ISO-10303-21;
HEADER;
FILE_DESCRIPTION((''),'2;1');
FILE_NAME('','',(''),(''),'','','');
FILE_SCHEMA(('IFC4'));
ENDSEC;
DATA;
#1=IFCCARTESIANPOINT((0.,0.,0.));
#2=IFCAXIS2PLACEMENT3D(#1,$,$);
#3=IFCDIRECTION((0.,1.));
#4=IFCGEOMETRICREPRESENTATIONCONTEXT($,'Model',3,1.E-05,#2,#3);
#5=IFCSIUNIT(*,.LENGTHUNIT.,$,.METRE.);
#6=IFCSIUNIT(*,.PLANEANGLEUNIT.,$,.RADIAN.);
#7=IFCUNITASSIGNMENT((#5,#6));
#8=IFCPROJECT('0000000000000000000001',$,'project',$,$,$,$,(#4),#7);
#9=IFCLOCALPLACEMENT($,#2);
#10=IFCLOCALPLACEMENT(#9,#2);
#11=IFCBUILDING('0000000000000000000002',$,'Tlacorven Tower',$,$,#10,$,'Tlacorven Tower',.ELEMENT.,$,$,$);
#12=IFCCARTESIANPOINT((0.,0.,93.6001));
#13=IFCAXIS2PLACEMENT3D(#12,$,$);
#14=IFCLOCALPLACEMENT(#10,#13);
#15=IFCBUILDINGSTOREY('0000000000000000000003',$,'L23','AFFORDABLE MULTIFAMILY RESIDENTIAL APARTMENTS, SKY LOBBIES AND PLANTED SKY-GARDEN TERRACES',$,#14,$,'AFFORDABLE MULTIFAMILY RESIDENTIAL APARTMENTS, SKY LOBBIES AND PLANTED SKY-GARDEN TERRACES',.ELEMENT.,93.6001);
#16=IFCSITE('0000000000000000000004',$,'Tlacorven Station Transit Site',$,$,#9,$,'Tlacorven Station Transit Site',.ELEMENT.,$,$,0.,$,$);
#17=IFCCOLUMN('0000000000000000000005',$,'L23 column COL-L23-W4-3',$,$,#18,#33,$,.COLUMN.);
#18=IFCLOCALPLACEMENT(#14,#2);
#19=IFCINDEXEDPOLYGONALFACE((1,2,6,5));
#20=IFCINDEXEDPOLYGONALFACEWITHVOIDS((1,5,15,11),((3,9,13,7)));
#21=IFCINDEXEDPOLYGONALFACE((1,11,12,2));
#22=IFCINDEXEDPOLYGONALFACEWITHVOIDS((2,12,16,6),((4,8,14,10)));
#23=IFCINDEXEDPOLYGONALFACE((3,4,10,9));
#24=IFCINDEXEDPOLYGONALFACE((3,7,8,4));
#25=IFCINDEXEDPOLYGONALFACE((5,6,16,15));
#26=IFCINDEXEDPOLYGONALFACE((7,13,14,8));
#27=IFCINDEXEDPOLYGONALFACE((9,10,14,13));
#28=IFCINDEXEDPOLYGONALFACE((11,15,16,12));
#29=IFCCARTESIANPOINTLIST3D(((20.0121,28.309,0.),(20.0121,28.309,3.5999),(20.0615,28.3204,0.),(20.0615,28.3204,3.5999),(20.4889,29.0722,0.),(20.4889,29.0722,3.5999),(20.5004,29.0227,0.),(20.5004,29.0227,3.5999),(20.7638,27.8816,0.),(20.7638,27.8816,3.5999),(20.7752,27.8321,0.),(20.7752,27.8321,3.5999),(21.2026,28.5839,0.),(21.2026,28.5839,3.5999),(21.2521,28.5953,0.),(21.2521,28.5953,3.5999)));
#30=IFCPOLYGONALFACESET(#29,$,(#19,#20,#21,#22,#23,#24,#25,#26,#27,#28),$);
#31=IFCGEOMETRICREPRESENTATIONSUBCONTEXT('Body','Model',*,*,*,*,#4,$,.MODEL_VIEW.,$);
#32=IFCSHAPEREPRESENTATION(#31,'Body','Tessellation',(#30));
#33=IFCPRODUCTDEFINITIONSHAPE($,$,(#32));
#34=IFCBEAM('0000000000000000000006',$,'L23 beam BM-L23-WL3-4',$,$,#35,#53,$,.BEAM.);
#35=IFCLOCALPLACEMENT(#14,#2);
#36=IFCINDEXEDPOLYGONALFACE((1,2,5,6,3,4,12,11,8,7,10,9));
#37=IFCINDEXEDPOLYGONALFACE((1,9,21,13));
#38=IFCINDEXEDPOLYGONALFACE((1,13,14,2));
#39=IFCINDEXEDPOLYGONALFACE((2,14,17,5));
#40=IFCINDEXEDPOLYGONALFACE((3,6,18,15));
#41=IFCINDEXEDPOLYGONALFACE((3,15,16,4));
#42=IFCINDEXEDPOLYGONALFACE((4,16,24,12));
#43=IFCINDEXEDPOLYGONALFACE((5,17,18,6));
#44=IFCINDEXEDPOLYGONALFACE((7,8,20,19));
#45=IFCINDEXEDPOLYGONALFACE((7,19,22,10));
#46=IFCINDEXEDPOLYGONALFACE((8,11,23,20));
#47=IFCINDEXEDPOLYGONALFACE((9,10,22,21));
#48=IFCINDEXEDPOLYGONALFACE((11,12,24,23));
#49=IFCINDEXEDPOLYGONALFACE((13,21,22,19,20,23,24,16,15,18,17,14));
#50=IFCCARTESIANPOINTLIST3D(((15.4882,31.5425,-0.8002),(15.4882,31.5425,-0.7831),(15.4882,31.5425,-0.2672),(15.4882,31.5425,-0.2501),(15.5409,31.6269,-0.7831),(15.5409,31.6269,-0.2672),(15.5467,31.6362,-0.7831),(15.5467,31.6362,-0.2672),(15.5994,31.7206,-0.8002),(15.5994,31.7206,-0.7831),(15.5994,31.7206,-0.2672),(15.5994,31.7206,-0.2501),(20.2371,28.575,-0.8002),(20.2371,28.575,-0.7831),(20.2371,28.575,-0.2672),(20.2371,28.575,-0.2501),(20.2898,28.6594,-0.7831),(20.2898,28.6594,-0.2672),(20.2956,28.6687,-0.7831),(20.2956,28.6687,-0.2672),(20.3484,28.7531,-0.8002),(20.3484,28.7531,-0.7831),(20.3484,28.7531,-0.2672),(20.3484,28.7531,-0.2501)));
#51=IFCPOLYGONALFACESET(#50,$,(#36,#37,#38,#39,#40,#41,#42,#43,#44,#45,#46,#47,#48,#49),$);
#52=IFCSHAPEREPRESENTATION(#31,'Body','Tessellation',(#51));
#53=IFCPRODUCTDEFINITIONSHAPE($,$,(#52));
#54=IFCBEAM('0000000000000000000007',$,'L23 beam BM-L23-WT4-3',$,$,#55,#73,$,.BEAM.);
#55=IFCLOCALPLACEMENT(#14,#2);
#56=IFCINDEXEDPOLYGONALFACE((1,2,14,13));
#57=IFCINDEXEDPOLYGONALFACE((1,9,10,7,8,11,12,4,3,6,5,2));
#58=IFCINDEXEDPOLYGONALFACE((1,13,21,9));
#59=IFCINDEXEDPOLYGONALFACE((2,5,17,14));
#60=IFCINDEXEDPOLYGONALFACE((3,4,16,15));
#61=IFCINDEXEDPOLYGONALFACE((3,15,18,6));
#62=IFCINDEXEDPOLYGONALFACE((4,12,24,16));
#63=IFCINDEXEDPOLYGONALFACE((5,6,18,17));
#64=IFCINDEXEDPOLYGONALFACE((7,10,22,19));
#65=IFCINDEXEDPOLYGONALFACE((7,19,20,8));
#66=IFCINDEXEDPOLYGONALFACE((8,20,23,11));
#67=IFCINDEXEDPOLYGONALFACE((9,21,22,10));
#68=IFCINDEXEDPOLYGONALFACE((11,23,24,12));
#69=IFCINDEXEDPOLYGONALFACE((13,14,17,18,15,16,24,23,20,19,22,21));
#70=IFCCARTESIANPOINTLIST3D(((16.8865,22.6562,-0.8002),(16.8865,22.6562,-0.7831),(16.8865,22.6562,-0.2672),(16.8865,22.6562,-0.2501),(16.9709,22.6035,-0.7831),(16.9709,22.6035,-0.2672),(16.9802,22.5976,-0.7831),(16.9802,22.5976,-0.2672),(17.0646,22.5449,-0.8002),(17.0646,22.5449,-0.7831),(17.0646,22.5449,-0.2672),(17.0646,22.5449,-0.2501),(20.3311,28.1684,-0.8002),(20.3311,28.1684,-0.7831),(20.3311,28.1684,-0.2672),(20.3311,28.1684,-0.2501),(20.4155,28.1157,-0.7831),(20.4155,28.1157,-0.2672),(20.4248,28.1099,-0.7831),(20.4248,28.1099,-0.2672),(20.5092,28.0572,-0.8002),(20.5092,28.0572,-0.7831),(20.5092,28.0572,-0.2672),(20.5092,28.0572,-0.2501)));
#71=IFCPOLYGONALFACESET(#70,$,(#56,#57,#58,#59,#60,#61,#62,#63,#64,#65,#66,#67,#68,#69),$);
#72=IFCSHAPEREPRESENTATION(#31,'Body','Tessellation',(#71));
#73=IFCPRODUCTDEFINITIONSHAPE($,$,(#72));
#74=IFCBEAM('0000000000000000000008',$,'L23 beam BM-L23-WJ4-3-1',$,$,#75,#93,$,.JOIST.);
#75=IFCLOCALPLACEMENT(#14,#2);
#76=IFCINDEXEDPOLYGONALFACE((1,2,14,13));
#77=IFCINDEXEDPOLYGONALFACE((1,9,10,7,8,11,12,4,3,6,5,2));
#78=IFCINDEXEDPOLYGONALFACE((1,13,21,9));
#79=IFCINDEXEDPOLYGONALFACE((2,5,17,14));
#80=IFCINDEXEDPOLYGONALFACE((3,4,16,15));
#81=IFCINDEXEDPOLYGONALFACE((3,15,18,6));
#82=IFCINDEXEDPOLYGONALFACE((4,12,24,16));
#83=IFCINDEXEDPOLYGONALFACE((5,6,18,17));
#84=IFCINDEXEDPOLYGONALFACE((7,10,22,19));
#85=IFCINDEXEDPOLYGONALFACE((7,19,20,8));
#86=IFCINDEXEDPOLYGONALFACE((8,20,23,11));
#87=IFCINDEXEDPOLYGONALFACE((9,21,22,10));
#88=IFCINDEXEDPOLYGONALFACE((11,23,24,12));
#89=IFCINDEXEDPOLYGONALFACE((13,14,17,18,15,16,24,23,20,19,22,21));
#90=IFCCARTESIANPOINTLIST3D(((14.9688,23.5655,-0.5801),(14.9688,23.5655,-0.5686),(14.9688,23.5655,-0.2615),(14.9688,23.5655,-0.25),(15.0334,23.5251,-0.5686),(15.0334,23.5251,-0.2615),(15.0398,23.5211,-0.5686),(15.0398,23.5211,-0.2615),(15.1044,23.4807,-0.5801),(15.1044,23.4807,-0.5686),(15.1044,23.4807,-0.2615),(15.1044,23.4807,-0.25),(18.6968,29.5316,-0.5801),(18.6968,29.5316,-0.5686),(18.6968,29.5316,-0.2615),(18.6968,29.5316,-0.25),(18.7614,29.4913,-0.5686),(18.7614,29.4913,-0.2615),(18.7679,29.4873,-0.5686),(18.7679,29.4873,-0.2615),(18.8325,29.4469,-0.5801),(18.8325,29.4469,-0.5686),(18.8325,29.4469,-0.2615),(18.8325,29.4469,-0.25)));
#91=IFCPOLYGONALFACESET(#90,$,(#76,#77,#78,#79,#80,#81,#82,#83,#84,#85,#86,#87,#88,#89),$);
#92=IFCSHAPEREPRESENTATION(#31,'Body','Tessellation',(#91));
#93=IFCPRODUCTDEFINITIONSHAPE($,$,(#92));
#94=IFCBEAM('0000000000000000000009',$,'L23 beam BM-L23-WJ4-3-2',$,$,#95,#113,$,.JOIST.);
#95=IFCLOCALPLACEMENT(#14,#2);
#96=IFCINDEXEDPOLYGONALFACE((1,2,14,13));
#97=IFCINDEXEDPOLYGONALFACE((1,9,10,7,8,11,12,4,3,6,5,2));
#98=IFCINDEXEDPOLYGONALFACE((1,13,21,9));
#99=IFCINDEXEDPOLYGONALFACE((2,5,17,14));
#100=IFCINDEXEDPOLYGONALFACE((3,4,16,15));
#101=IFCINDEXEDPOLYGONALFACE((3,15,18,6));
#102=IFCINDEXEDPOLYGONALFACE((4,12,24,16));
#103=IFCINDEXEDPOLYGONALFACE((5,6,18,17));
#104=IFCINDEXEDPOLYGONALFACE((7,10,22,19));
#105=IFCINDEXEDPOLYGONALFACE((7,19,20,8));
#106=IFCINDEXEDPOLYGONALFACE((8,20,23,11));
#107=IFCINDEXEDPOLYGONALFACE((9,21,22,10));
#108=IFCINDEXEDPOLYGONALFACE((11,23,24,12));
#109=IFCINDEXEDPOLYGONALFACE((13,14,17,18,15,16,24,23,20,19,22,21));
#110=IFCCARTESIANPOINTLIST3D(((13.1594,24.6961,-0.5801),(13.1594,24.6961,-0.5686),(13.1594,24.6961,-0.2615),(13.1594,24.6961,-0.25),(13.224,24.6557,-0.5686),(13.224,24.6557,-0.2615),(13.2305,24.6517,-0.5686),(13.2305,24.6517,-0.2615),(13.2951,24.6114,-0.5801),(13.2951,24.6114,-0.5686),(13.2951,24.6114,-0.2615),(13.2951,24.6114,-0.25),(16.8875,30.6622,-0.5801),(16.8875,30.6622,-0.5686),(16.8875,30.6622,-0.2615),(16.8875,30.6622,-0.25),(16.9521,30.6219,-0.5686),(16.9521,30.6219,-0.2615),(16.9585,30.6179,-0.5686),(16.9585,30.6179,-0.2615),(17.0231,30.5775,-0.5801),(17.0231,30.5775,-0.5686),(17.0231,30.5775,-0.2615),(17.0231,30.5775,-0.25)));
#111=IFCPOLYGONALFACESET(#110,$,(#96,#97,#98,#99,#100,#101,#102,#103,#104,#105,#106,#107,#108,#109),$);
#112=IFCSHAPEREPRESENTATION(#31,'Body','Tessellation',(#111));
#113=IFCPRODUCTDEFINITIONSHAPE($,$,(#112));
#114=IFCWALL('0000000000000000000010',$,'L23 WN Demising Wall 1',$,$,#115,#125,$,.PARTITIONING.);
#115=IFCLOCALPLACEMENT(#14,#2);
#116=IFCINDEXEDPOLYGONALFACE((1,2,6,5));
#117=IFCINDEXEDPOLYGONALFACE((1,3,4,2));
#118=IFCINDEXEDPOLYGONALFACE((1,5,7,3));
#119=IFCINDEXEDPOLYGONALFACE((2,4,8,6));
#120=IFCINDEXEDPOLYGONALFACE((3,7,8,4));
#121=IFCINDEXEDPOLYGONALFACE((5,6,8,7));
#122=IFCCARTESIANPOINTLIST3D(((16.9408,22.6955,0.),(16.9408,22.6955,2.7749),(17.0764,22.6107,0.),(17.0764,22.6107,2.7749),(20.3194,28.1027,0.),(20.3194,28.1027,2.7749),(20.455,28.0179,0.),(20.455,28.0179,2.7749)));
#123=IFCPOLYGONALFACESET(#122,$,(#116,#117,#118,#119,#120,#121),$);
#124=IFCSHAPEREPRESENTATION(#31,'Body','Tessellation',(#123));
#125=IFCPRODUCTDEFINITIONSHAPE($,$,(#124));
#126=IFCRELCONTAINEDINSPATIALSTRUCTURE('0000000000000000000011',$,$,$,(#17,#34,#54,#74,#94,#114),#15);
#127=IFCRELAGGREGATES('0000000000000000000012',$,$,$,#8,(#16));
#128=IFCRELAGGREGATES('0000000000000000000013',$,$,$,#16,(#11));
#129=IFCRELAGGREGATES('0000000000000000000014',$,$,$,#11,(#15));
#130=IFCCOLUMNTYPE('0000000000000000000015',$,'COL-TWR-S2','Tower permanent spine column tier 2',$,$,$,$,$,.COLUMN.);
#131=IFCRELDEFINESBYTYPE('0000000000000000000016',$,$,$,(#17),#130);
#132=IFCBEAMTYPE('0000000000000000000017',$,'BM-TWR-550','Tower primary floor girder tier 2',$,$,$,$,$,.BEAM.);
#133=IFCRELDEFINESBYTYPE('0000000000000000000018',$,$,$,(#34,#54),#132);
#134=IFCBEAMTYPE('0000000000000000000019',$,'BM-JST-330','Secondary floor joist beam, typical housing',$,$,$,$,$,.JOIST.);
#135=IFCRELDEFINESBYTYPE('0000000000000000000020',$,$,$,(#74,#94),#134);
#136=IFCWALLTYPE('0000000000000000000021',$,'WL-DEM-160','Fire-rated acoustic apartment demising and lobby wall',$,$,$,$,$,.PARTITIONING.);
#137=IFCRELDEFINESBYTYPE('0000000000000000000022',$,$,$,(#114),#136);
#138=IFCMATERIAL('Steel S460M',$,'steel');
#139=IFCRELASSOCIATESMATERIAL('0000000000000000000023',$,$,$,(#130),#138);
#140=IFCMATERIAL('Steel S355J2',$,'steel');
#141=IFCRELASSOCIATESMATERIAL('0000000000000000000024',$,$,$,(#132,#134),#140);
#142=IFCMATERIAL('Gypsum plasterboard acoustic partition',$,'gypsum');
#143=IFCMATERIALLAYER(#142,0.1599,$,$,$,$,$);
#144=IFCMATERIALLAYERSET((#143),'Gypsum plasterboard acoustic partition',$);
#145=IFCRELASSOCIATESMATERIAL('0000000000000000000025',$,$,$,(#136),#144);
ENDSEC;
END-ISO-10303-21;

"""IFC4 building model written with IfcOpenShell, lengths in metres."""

from ifc_helpers import new_model, si_unit, direction, frame, frame_2d, origin, origin_2d, place, context, subcontext, project, spatial, rectangle, hollow_rectangle, i_section, extrude, source, transform, mapped, material, layer, layer_set, material_profile, profile_set, type_object, element, save


model = new_model("IFC4")

# Units and contexts
model_context = context("Model", 3, precision=1e-05, world=origin(), true_north=direction((0.0, 1.0)))
body_context = subcontext(model_context, "Body", "Model", "MODEL_VIEW")
ifc_project = project(units=[si_unit("LENGTHUNIT", "METRE"), si_unit("PLANEANGLEUNIT", "RADIAN")], contexts=[model_context])

# Site, building, storey
site_placement = place(None, origin())
site = spatial("IfcSite", under=ifc_project, at=site_placement, Name="Tlacorven Station Transit Site", LongName="Tlacorven Station Transit Site", CompositionType="ELEMENT", RefElevation=0.0)
building_placement = place(site_placement, origin())
building = spatial("IfcBuilding", under=site, at=building_placement, Name="Tlacorven Tower", LongName="Tlacorven Tower", CompositionType="ELEMENT")
storey_placement = place(building_placement, frame((0.0, 0.0, 93.6001)))
storey = spatial("IfcBuildingStorey", under=building, at=storey_placement, Name="L23", Description="AFFORDABLE MULTIFAMILY RESIDENTIAL APARTMENTS, SKY LOBBIES AND PLANTED SKY-GARDEN TERRACES", LongName="AFFORDABLE MULTIFAMILY RESIDENTIAL APARTMENTS, SKY LOBBIES AND PLANTED SKY-GARDEN TERRACES", CompositionType="ELEMENT", Elevation=93.6001)

# Column
ifc_material_1 = material(Name="Steel S460M", Category="steel")
ifc_material_profile_1 = material_profile(ifc_material_1, hollow_rectangle(XDim=0.8999, YDim=0.8999, WallThickness=0.0359, at=origin_2d()), Name="BOX 900X900X36")
ifc_profile_set_1 = profile_set([ifc_material_profile_1], Name="Steel S460M")
column_type = type_object("IfcColumnType", Name="COL-TWR-S2", Description="Tower permanent spine column tier 2", PredefinedType="COLUMN", material=ifc_profile_set_1)
shared_shape_1 = source(origin(), body_context, "Body", "SweptSolid", [
    extrude(hollow_rectangle(XDim=0.8999, YDim=0.8999, WallThickness=0.0359, at=origin_2d()), origin(), (0.0, 0.0, 1.0), 3.5999),
])
column_placement = place(storey_placement, frame((20.6321, 28.4521, 0.0), z_axis=(0.0, 0.0, 1.0), x_axis=(-0.848048, 0.529919, 0.0)))
element("IfcColumn", 1, at=column_placement, inside=storey, type_object=column_type, Name="L23 column COL-L23-W4-3", PredefinedType="COLUMN", context=body_context, shape_type="MappedRepresentation", body=[
    mapped(shared_shape_1, transform((0.0, 0.0, 0.0), scale=1.0)),
])

# Beams
ifc_material_2 = material(Name="Steel S355J2", Category="steel")
ifc_material_profile_2 = material_profile(ifc_material_2, i_section(OverallWidth=0.21, OverallDepth=0.55, WebThickness=0.011, FlangeThickness=0.0171, at=origin_2d()), Name="IPE 550")
ifc_profile_set_2 = profile_set([ifc_material_profile_2], Name="Steel S355J2")
beam_type_1 = type_object("IfcBeamType", Name="BM-TWR-550", Description="Tower primary floor girder tier 2", PredefinedType="BEAM", material=ifc_profile_set_2)
shared_shape_2 = source(origin(), body_context, "Body", "SweptSolid", [
    extrude(i_section(OverallWidth=0.21, OverallDepth=0.55, WebThickness=0.011, FlangeThickness=0.0171, at=origin_2d()), origin(), (0.0, 0.0, 1.0), 5.5999),
])
beam_1_placement = place(storey_placement, frame((20.2927, 28.6641, -0.5251), z_axis=(-0.848047, 0.529921, 0.0), x_axis=(-0.529921, -0.848047, 0.0)))
element("IfcBeam", 2, at=beam_1_placement, inside=storey, type_object=beam_type_1, Name="L23 beam BM-L23-WL3-4", PredefinedType="BEAM", context=body_context, shape_type="MappedRepresentation", body=[
    mapped(shared_shape_2, transform((0.0, 0.0, 0.0), scale=1.0)),
])
shared_shape_3 = source(origin(), body_context, "Body", "SweptSolid", [
    extrude(i_section(OverallWidth=0.21, OverallDepth=0.55, WebThickness=0.011, FlangeThickness=0.0171, at=origin_2d()), origin(), (0.0, 0.0, 1.0), 6.5),
])
beam_2_placement = place(storey_placement, frame((20.4202, 28.1128, -0.5251), z_axis=(-0.529938, -0.848036, 0.0), x_axis=(0.848036, -0.529938, 0.0)))
element("IfcBeam", 3, at=beam_2_placement, inside=storey, type_object=beam_type_1, Name="L23 beam BM-L23-WT4-3", PredefinedType="BEAM", context=body_context, shape_type="MappedRepresentation", body=[
    mapped(shared_shape_3, transform((0.0, 0.0, 0.0), scale=1.0)),
])
ifc_material_profile_3 = material_profile(ifc_material_2, i_section(OverallWidth=0.1599, OverallDepth=0.3301, WebThickness=0.0076, FlangeThickness=0.0115, at=origin_2d()), Name="IPE 330")
ifc_profile_set_3 = profile_set([ifc_material_profile_3], Name="Steel S355J2")
beam_type_2 = type_object("IfcBeamType", Name="BM-JST-330", Description="Secondary floor joist beam, typical housing", PredefinedType="JOIST", material=ifc_profile_set_3)
shared_shape_4 = source(origin(), body_context, "Body", "SweptSolid", [
    extrude(i_section(OverallWidth=0.1599, OverallDepth=0.3301, WebThickness=0.0076, FlangeThickness=0.0115, at=origin_2d()), origin(), (0.0, 0.0, 1.0), 7.0352),
])
for number, where, z_axis, x_axis, name in (
    (4, (18.7646, 29.4893, -0.415), (-0.529921, -0.848047, 0.0), (0.848047, -0.529921, 0.0), "L23 beam BM-L23-WJ4-3-1"),
    (5, (16.9553, 30.6199, -0.415), (-0.529921, -0.848047, 0.0), (0.848047, -0.529921, 0.0), "L23 beam BM-L23-WJ4-3-2"),
):
    element("IfcBeam", number, at=place(storey_placement, frame(where, z_axis=z_axis, x_axis=x_axis)), inside=storey, type_object=beam_type_2, Name=name, PredefinedType="JOIST", context=body_context, shape_type="MappedRepresentation", body=[
        mapped(shared_shape_4, transform((0.0, 0.0, 0.0), scale=1.0)),
    ])

# Wall
ifc_material_3 = material(Name="Gypsum plasterboard acoustic partition", Category="gypsum")
ifc_layer_1 = layer(ifc_material_3, 0.1599)
ifc_layer_set_1 = layer_set([ifc_layer_1], Name="Gypsum plasterboard acoustic partition")
wall_type_1 = type_object("IfcWallType", Name="WL-DEM-160", Description="Fire-rated acoustic apartment demising and lobby wall", PredefinedType="PARTITIONING", material=ifc_layer_set_1)
wall_1_placement = place(storey_placement, frame((20.3872, 28.0603, 0.0), z_axis=(0.0, 0.0, 1.0), x_axis=(-0.529903, -0.848059, 0.0)))
element("IfcWall", 6, at=wall_1_placement, inside=storey, type_object=wall_type_1, Name="L23 WN Demising Wall 1", PredefinedType="PARTITIONING", context=body_context, shape_type="SweptSolid", body=[
    extrude(rectangle(XDim=6.376, YDim=0.1599, at=frame_2d((3.188, 0.0))), origin(), (0.0, 0.0, 1.0), 2.7749),
])

save(model, "model.ifc")
